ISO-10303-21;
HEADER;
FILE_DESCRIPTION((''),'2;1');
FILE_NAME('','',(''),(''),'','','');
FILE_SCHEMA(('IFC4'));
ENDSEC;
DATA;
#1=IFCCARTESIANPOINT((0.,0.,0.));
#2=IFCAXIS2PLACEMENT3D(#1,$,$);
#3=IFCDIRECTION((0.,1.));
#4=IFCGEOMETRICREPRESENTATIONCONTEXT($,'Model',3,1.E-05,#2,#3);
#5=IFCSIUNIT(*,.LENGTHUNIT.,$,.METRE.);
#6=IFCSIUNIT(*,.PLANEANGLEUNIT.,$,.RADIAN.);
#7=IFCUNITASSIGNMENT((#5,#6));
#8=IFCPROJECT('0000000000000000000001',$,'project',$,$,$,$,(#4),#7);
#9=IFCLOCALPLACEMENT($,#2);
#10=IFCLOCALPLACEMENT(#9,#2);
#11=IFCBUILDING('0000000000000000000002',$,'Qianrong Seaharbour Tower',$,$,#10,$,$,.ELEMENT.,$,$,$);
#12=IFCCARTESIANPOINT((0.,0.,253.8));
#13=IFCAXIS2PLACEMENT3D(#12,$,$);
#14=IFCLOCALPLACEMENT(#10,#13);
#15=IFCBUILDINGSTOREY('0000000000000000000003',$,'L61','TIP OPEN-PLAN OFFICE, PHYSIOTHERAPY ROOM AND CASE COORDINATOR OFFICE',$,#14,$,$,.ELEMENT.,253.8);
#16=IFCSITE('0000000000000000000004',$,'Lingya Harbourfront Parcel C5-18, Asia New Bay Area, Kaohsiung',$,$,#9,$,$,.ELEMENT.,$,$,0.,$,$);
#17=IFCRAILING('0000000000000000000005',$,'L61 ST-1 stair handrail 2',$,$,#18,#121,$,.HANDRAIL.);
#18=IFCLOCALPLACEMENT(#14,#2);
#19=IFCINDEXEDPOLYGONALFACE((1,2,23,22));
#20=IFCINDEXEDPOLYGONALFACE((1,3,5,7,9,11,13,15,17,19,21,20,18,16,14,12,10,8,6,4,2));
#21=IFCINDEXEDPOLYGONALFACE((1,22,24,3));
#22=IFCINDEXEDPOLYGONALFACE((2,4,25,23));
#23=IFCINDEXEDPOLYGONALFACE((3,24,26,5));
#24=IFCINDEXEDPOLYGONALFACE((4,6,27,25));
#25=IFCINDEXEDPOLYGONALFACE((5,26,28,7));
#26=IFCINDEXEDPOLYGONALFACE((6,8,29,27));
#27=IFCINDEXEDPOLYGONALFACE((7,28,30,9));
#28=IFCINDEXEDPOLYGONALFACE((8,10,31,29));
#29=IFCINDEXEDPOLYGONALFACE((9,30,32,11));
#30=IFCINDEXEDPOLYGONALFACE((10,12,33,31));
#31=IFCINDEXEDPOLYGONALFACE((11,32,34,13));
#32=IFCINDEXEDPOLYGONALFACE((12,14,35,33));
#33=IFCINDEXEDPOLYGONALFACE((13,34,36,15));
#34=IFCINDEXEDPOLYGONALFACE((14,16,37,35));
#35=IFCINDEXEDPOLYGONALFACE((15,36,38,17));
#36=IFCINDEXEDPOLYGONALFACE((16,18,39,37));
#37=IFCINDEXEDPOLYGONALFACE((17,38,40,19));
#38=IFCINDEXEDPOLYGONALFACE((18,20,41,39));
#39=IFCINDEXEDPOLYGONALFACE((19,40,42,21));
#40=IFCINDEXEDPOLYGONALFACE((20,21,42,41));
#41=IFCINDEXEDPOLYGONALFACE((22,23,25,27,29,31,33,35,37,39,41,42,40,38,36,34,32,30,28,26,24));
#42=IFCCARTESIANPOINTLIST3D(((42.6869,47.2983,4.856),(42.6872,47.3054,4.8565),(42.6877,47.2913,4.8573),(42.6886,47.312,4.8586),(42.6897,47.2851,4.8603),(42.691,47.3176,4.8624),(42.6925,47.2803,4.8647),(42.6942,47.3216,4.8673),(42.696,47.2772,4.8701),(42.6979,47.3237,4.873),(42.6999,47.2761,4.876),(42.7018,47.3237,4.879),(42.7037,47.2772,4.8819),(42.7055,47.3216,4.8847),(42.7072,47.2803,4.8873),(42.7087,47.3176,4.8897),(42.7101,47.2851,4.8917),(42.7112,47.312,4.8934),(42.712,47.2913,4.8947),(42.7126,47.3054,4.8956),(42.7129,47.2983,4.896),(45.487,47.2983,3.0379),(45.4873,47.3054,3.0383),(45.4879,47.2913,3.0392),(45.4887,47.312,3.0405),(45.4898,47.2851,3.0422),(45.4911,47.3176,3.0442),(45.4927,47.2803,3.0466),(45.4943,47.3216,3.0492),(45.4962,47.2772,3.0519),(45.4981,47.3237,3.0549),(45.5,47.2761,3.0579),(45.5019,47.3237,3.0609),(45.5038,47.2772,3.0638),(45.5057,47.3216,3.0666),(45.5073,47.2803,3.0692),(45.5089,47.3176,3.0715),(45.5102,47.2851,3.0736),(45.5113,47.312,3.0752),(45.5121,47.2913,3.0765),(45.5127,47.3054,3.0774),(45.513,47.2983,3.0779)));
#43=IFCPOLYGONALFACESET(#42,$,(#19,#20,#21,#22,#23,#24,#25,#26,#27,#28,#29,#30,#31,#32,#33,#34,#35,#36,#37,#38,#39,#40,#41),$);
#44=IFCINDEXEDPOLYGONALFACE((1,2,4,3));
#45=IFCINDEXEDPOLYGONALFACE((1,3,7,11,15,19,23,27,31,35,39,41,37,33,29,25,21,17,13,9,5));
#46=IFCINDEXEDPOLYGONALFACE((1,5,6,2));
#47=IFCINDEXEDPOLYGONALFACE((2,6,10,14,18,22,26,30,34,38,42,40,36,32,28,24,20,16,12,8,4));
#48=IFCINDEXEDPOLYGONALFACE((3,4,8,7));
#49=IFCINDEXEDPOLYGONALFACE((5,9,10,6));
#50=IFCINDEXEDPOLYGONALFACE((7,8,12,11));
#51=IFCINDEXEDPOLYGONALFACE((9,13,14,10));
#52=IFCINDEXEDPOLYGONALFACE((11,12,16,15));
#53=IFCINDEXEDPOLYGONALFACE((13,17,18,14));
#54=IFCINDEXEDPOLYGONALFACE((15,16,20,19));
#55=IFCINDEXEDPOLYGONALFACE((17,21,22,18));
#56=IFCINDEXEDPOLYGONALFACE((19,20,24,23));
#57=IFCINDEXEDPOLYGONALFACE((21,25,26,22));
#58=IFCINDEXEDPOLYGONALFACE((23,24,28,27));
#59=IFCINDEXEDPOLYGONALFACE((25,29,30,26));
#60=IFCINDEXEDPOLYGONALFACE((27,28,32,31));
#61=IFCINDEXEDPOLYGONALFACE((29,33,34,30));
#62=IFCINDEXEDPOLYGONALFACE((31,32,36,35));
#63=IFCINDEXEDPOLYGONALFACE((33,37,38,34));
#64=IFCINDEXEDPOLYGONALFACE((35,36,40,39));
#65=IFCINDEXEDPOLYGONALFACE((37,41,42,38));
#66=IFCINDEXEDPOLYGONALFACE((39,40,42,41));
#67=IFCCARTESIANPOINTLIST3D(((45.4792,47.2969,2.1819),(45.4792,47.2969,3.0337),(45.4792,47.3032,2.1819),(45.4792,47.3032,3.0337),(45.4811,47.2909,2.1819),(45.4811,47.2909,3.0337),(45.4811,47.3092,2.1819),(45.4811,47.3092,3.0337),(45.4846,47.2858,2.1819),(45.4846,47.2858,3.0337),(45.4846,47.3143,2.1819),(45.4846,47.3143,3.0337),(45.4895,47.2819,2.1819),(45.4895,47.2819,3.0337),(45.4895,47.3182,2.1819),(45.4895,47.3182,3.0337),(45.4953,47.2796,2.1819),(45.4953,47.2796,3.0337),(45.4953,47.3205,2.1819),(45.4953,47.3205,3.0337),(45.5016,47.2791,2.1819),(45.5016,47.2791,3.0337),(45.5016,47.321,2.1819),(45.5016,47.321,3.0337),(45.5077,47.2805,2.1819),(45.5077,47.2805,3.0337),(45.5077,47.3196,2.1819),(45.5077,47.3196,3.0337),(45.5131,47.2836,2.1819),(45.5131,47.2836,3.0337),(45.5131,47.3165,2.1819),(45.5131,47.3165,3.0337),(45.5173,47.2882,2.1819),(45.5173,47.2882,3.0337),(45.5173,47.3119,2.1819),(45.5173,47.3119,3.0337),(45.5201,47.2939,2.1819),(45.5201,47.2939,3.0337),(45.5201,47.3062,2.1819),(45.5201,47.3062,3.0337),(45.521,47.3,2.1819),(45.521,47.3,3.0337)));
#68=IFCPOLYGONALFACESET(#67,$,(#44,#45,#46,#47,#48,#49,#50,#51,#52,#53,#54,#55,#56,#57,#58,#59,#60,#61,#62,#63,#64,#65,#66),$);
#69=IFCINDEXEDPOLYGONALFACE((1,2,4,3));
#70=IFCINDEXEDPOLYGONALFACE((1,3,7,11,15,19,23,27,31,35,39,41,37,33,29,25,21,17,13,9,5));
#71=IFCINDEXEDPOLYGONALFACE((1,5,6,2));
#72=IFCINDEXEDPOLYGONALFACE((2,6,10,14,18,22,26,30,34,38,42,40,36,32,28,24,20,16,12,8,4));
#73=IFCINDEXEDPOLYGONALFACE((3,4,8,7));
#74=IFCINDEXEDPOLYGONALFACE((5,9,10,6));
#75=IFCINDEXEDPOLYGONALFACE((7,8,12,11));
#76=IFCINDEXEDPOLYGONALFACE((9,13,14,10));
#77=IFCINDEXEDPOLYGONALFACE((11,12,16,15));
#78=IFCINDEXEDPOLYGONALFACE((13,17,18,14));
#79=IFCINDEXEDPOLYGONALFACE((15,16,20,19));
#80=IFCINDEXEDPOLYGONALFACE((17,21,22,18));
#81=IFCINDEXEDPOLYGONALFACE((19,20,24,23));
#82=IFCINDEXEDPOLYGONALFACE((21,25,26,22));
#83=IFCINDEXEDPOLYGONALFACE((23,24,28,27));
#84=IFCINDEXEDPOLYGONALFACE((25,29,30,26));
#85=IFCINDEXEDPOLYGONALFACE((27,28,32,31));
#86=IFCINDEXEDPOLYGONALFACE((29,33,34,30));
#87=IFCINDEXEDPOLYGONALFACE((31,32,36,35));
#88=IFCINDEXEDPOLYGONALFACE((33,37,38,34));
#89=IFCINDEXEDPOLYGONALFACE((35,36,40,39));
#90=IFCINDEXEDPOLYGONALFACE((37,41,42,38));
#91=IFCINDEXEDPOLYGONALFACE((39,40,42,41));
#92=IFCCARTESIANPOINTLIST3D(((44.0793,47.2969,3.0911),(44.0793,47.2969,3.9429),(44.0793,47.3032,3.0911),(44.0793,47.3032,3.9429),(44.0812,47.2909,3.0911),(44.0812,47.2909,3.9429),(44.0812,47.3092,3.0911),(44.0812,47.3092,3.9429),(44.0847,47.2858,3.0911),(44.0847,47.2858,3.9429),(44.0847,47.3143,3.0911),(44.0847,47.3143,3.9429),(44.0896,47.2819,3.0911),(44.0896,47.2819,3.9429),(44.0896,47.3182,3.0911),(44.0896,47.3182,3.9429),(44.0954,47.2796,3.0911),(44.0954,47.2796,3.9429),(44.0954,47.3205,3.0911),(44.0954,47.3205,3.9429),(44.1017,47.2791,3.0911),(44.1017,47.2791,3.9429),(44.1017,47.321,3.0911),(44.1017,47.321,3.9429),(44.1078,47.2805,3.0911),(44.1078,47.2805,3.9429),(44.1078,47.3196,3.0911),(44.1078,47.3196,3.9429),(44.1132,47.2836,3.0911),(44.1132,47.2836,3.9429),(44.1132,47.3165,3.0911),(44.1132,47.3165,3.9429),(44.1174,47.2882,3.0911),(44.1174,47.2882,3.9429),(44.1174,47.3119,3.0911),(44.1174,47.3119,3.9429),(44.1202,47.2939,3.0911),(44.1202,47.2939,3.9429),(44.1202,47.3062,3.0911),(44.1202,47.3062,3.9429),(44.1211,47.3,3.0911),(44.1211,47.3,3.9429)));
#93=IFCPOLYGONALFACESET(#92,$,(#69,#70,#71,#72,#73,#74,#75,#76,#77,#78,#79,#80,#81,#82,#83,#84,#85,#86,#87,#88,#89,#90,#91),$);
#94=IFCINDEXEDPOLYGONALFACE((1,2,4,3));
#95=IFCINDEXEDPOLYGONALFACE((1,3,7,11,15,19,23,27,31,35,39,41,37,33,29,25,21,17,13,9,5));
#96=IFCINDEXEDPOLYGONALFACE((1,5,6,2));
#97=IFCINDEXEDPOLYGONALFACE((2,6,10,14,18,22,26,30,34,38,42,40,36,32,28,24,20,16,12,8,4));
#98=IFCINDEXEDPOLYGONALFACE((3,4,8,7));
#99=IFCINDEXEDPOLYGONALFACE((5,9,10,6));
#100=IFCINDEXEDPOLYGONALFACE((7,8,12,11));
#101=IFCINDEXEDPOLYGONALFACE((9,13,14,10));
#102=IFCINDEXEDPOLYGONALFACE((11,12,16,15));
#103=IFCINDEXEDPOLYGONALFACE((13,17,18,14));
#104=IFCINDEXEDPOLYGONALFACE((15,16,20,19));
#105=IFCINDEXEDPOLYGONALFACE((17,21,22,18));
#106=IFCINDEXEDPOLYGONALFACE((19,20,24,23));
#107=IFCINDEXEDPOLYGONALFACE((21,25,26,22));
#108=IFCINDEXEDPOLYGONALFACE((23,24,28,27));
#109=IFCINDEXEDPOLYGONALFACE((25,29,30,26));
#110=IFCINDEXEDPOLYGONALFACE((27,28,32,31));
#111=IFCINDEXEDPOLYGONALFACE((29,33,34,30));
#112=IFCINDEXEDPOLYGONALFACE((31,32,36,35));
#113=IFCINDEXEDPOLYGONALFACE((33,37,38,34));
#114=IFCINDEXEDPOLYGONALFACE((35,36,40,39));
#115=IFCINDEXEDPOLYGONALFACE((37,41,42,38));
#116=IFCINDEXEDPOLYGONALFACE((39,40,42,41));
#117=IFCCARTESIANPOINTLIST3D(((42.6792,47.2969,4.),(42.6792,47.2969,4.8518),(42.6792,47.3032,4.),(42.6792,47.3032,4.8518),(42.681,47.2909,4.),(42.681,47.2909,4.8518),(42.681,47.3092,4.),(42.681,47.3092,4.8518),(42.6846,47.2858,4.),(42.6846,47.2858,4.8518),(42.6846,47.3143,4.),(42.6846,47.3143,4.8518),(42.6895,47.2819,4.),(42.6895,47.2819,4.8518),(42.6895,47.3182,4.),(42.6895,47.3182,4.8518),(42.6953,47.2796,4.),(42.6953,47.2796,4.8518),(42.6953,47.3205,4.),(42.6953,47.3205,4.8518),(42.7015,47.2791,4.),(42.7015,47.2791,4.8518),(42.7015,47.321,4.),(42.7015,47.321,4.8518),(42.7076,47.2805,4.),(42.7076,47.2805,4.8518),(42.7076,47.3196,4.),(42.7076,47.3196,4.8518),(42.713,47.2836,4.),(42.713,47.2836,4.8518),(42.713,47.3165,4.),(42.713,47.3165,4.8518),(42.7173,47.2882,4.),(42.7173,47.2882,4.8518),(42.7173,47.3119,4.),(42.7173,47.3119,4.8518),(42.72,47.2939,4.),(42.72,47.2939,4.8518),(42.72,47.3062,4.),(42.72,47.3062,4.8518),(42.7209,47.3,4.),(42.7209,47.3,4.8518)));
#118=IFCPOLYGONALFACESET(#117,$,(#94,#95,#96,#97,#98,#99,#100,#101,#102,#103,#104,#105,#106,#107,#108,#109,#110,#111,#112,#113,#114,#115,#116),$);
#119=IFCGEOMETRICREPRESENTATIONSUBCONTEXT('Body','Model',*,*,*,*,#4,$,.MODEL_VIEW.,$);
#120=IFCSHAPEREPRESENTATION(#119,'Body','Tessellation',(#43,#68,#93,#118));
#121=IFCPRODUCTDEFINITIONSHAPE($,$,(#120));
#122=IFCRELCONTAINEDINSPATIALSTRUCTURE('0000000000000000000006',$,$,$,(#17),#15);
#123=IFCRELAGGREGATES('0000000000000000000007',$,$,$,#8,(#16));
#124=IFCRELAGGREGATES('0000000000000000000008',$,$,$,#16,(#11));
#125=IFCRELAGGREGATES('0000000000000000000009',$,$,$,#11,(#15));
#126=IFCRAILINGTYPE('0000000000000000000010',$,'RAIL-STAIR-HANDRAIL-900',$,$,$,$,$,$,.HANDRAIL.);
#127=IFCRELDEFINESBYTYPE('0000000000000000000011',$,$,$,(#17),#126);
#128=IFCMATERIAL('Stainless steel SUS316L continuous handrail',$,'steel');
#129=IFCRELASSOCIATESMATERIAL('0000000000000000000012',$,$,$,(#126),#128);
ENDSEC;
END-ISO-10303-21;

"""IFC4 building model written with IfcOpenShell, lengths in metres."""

from ifc_helpers import new_model, si_unit, direction, frame, origin, origin_2d, place, context, subcontext, project, spatial, circle, extrude, material, type_object, element, save


model = new_model("IFC4")

# Units and contexts
model_context = context("Model", 3, precision=1e-05, world=origin(), true_north=direction((0.0, 1.0)))
body_context = subcontext(model_context, "Body", "Model", "MODEL_VIEW")
ifc_project = project(units=[si_unit("LENGTHUNIT", "METRE"), si_unit("PLANEANGLEUNIT", "RADIAN")], contexts=[model_context])

# Site, building, storey
site_placement = place(None, origin())
site = spatial("IfcSite", under=ifc_project, at=site_placement, Name="Lingya Harbourfront Parcel C5-18, Asia New Bay Area, Kaohsiung", CompositionType="ELEMENT", RefElevation=0.0)
building_placement = place(site_placement, origin())
building = spatial("IfcBuilding", under=site, at=building_placement, Name="Qianrong Seaharbour Tower", CompositionType="ELEMENT")
storey_placement = place(building_placement, frame((0.0, 0.0, 253.8)))
storey = spatial("IfcBuildingStorey", under=building, at=storey_placement, Name="L61", Description="TIP OPEN-PLAN OFFICE, PHYSIOTHERAPY ROOM AND CASE COORDINATOR OFFICE", CompositionType="ELEMENT", Elevation=253.8)

# Railing
ifc_material_1 = material(Name="Stainless steel SUS316L continuous handrail", Category="steel")
railing_type_1 = type_object("IfcRailingType", Name="RAIL-STAIR-HANDRAIL-900", PredefinedType="HANDRAIL", material=ifc_material_1)
railing_1_placement = place(storey_placement, frame((45.5, 47.3, 2.1819)))
element("IfcRailing", 1, at=railing_1_placement, inside=storey, type_object=railing_type_1, Name="L61 ST-1 stair handrail 2", PredefinedType="HANDRAIL", context=body_context, shape_type="SweptSolid", body=[
    extrude(circle(Radius=0.0239, at=origin_2d()), frame((0.0, 0.0, 0.876), z_axis=(-0.838706, 0.0, 0.544585), x_axis=(0.0, -1.0, 0.0)), (0.0, 0.0, 1.0), 3.3386),
    extrude(circle(Radius=0.021, at=origin_2d()), origin(), (0.0, 0.0, 1.0), 0.8518),
    extrude(circle(Radius=0.021, at=origin_2d()), frame((-1.3999, 0.0, 0.9092)), (0.0, 0.0, 1.0), 0.8518),
    extrude(circle(Radius=0.021, at=origin_2d()), frame((-2.8, 0.0, 1.8181)), (0.0, 0.0, 1.0), 0.8518),
])

save(model, "model.ifc")
